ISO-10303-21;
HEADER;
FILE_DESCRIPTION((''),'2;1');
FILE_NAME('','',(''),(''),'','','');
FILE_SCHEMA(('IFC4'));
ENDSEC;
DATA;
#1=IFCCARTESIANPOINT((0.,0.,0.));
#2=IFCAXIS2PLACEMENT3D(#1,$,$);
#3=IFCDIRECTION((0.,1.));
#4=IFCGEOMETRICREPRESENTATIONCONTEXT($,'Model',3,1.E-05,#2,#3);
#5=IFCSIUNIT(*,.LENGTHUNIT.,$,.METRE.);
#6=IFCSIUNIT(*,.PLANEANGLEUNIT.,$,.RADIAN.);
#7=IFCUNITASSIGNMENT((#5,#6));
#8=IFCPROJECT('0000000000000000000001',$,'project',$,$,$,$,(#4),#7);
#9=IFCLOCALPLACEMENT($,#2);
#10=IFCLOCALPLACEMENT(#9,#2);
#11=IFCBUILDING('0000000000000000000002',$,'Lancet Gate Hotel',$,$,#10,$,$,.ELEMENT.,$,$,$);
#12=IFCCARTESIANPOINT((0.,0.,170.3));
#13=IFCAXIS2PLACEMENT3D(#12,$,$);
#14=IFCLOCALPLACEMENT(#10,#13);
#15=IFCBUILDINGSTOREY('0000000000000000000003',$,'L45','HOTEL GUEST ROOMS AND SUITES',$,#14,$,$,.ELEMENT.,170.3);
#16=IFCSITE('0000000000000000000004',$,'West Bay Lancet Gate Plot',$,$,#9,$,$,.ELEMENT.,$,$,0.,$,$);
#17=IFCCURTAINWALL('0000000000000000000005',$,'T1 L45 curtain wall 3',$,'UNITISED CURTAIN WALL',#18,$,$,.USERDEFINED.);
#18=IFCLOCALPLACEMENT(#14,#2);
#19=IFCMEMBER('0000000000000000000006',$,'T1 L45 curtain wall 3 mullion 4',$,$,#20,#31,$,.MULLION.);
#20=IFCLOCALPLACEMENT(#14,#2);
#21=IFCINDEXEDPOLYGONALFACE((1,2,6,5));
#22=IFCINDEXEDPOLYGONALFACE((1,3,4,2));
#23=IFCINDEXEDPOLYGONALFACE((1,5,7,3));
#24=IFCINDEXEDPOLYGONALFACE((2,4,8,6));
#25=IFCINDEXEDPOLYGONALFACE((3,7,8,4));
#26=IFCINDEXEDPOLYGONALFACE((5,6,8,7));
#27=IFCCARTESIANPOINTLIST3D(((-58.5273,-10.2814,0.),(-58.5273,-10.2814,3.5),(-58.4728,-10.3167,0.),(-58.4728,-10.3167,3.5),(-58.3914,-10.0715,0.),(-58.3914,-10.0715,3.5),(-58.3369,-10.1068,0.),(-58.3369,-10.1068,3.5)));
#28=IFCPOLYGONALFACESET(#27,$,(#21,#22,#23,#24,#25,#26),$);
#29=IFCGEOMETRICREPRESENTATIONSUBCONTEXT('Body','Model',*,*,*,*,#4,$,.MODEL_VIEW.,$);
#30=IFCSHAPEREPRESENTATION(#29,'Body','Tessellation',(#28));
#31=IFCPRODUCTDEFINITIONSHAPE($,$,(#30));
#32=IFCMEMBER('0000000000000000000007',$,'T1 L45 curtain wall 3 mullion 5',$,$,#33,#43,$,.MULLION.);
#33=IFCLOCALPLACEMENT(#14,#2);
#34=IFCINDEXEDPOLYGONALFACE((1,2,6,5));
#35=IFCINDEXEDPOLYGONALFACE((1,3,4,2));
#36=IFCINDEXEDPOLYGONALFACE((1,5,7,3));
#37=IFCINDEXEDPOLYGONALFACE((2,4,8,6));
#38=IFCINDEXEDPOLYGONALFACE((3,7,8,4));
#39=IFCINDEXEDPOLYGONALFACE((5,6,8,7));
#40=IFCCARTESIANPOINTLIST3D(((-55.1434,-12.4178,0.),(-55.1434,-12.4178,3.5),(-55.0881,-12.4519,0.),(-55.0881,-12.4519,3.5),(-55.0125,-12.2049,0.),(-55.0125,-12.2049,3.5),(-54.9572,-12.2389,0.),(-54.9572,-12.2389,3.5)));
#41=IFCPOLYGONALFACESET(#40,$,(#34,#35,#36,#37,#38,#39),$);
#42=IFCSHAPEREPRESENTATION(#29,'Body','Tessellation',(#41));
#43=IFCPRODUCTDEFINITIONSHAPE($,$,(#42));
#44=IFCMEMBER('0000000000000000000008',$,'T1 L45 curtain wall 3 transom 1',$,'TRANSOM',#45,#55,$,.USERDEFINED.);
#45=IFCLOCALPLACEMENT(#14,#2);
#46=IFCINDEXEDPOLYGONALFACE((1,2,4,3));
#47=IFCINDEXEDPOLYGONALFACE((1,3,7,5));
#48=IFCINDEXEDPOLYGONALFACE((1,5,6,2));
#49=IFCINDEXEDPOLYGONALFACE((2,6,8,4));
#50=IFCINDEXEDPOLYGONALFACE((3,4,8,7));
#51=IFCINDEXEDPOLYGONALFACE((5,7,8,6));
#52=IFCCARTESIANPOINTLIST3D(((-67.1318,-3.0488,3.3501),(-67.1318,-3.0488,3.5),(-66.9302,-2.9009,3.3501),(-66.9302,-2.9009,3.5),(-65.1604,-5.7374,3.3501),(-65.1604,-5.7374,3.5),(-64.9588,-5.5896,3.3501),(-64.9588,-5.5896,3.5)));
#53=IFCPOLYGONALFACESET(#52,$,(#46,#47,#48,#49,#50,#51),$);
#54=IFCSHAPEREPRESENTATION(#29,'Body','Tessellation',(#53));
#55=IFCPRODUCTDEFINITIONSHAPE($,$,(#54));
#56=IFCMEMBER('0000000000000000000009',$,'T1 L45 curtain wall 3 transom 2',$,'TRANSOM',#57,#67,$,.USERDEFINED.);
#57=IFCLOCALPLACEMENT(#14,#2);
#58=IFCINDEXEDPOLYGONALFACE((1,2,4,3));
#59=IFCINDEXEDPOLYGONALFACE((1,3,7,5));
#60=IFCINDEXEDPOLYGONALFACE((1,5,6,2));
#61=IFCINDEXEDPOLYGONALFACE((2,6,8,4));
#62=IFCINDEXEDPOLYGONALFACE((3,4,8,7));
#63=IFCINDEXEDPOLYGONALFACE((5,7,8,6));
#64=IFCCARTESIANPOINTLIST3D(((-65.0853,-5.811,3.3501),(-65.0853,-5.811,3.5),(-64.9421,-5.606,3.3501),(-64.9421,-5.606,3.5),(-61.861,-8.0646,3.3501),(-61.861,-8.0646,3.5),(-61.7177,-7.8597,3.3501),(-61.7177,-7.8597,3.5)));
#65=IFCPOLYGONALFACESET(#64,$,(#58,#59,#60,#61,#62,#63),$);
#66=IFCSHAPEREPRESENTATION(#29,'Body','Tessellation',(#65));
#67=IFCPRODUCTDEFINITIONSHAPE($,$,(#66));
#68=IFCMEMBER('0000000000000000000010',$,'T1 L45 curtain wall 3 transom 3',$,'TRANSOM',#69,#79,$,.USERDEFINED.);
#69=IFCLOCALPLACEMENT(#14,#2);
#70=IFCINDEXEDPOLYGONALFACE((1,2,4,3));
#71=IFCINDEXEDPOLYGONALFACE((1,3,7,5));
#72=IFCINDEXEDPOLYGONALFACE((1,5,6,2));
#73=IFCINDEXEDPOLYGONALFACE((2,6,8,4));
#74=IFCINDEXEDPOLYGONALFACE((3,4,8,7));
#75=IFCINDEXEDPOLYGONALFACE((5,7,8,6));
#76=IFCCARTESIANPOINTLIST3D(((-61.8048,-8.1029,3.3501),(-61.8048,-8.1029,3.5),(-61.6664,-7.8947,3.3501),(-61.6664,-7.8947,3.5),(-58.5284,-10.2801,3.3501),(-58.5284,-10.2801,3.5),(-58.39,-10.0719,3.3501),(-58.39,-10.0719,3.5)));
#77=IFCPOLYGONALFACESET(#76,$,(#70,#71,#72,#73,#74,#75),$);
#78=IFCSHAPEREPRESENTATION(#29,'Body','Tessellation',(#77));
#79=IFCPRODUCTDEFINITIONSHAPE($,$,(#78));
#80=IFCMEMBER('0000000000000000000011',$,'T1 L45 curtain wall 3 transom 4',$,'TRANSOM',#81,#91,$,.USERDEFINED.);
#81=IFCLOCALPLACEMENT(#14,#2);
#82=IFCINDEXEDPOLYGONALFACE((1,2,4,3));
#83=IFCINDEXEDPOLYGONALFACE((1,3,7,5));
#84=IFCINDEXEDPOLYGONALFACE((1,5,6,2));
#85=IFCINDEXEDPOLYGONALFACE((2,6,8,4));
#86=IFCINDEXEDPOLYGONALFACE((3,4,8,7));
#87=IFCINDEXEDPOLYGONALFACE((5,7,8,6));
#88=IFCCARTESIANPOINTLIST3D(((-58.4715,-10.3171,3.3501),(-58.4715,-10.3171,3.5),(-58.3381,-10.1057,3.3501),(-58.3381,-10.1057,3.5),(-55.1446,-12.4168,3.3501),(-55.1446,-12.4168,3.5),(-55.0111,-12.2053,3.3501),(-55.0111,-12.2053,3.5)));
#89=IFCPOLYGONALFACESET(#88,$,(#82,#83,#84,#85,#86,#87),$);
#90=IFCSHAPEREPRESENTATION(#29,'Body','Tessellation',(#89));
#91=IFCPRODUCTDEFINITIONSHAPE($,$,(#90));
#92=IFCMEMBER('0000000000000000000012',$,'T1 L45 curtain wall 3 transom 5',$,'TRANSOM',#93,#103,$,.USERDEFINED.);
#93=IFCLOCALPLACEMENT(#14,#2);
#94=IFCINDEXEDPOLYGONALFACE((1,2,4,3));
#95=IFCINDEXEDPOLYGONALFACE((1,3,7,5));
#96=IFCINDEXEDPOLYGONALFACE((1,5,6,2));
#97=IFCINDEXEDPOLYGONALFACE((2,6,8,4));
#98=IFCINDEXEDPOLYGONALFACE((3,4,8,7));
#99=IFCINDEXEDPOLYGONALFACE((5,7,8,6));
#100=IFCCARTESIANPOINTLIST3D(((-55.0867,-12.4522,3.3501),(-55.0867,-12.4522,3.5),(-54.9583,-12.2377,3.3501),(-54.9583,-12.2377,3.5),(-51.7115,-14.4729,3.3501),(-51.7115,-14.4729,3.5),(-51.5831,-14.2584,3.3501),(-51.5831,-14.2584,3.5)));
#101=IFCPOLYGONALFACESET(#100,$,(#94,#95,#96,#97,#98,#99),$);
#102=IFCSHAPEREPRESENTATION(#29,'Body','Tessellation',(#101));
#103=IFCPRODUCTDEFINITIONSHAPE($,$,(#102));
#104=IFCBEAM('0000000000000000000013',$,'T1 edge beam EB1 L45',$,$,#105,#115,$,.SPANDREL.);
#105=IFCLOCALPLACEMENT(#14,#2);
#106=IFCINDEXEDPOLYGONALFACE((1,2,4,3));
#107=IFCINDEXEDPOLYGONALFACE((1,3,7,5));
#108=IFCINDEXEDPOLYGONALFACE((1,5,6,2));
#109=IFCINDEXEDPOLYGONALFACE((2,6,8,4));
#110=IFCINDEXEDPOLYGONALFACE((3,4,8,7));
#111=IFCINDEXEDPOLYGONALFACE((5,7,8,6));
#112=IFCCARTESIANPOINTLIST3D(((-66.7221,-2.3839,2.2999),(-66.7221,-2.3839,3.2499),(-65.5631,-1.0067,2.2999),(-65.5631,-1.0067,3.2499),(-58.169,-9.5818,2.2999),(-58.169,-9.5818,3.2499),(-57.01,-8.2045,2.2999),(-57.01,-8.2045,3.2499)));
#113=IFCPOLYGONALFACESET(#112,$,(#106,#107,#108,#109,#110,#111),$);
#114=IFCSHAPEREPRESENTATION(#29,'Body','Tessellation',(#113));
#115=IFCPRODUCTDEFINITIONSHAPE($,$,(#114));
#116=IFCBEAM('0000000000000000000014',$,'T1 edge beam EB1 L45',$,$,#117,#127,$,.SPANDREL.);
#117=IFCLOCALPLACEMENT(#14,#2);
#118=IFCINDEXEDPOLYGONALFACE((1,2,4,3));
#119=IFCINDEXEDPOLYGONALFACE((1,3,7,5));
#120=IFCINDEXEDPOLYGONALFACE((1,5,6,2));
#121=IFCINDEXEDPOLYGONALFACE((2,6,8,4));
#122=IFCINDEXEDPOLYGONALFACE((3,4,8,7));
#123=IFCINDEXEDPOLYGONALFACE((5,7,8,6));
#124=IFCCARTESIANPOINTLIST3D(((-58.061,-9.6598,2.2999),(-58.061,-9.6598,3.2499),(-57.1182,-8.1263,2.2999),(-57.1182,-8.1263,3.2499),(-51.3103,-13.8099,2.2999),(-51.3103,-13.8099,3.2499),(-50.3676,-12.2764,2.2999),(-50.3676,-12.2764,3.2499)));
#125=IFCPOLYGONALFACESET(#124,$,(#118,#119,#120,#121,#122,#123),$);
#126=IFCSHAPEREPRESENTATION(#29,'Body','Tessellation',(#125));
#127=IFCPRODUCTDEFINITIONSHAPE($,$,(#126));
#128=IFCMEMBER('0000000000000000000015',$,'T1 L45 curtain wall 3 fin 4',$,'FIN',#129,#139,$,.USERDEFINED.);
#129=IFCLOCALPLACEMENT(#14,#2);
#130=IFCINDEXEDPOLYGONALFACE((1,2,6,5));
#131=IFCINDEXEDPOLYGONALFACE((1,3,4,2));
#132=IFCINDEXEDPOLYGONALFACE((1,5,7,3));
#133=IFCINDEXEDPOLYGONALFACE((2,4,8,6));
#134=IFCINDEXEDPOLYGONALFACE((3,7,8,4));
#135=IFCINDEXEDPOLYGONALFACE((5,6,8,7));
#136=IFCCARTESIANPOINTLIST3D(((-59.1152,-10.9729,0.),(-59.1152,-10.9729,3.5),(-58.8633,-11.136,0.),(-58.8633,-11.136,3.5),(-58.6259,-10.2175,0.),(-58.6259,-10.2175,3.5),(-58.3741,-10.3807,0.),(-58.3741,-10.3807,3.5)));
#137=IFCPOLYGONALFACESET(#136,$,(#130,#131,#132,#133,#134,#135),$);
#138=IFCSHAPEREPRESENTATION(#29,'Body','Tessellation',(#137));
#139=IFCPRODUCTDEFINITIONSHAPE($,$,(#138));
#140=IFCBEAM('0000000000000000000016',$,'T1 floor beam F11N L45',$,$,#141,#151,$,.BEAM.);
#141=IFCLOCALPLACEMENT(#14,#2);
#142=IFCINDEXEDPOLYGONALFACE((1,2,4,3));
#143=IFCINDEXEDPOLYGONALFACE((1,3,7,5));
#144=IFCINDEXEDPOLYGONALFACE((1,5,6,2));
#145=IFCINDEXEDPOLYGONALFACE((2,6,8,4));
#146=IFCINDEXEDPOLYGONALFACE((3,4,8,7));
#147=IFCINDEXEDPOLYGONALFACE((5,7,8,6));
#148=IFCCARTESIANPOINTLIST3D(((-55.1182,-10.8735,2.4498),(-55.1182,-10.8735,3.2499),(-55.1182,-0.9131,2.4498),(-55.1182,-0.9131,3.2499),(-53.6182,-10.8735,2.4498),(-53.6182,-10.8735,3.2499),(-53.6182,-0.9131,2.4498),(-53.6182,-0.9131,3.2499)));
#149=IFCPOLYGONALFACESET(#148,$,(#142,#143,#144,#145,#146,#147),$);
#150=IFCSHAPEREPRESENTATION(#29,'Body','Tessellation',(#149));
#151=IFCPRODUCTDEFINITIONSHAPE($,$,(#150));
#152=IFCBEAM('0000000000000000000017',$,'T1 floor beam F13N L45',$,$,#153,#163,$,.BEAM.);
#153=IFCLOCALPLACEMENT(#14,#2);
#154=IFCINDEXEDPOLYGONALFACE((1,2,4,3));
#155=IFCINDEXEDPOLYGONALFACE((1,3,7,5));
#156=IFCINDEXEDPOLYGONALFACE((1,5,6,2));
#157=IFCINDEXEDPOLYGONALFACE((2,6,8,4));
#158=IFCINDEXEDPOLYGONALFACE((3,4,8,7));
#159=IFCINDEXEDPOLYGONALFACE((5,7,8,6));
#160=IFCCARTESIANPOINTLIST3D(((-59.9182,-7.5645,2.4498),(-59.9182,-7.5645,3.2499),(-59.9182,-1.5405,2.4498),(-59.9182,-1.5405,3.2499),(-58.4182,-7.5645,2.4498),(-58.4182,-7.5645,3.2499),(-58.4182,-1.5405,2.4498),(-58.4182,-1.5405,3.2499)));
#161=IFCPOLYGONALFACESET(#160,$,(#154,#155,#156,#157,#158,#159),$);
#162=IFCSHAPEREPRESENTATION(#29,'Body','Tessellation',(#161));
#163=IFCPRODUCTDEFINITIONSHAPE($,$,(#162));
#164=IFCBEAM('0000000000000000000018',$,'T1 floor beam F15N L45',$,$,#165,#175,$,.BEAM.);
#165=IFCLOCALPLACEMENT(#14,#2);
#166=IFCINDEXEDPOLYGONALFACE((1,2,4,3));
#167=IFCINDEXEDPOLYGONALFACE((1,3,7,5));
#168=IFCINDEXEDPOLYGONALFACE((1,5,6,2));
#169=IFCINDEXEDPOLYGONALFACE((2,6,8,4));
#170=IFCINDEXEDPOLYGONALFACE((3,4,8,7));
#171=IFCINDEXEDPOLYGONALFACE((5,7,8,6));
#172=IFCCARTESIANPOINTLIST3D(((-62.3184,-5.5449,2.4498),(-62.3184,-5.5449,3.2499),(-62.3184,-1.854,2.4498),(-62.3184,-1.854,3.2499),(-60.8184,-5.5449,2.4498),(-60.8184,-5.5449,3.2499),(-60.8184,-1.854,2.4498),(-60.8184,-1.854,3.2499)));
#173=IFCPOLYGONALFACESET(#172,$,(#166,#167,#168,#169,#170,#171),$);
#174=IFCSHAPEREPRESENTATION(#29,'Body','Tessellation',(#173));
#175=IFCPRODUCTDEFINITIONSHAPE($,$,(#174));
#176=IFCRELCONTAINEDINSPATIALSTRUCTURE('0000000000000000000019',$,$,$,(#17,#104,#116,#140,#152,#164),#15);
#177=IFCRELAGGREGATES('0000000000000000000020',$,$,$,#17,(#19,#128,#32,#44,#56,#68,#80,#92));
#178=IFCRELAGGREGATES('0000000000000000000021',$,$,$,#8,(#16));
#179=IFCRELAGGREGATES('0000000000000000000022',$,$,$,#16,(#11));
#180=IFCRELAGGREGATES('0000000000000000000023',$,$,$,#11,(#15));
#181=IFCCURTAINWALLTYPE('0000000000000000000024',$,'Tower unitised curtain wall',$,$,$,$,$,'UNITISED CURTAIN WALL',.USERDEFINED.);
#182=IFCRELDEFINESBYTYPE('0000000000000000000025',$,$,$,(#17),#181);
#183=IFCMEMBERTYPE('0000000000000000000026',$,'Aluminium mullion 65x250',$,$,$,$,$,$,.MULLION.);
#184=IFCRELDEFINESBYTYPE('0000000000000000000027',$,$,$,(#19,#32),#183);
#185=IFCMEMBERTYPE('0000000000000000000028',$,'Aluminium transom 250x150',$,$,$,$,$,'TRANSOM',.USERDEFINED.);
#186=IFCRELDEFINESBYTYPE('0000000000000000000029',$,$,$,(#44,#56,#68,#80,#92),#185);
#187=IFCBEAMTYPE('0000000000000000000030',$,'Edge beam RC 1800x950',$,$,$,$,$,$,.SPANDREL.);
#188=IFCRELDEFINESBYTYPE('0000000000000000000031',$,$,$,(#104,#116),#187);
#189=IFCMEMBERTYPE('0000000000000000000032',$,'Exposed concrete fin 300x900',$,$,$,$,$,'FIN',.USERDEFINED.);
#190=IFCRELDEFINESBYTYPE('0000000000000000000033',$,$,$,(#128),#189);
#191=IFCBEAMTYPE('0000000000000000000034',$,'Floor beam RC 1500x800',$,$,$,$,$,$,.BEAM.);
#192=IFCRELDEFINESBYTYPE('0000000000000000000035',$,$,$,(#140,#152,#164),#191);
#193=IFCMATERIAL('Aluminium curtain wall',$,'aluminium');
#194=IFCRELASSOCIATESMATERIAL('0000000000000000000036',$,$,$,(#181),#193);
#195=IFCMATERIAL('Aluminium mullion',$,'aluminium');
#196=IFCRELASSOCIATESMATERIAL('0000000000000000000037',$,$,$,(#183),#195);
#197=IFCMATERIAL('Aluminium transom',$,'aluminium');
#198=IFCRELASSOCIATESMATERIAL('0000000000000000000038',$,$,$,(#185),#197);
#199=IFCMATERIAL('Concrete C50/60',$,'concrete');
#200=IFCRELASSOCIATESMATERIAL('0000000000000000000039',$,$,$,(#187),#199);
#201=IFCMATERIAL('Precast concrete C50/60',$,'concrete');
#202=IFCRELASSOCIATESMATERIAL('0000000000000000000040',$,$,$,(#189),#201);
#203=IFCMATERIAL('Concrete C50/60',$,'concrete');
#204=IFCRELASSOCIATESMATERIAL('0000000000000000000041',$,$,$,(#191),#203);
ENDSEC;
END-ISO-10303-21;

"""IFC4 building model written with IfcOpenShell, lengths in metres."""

from ifc_helpers import new_model, si_unit, direction, frame, origin, origin_2d, place, context, subcontext, project, spatial, rectangle, extrude, material, material_profile, profile_set, type_object, element, aggregate, save


model = new_model("IFC4")

# Units and contexts
model_context = context("Model", 3, precision=1e-05, world=origin(), true_north=direction((0.0, 1.0)))
body_context = subcontext(model_context, "Body", "Model", "MODEL_VIEW")
ifc_project = project(units=[si_unit("LENGTHUNIT", "METRE"), si_unit("PLANEANGLEUNIT", "RADIAN")], contexts=[model_context])

# Site, building, storey
site_placement = place(None, origin())
site = spatial("IfcSite", under=ifc_project, at=site_placement, Name="West Bay Lancet Gate Plot", CompositionType="ELEMENT", RefElevation=0.0)
building_placement = place(site_placement, origin())
building = spatial("IfcBuilding", under=site, at=building_placement, Name="Lancet Gate Hotel", CompositionType="ELEMENT")
storey_placement = place(building_placement, frame((0.0, 0.0, 170.3)))
storey = spatial("IfcBuildingStorey", under=building, at=storey_placement, Name="L45", Description="HOTEL GUEST ROOMS AND SUITES", CompositionType="ELEMENT", Elevation=170.3)

# Shared definitions
ifc_material_1 = material(Name="Aluminium curtain wall", Category="aluminium")
curtain_wall_type = type_object("IfcCurtainWallType", Name="Tower unitised curtain wall", ElementType="UNITISED CURTAIN WALL", PredefinedType="USERDEFINED", material=ifc_material_1)
ifc_material_2 = material(Name="Aluminium mullion", Category="aluminium")
ifc_material_profile_1 = material_profile(ifc_material_2, rectangle(XDim=0.0649, YDim=0.25, at=origin_2d()), Name="MULLION 65x250")
ifc_profile_set_1 = profile_set([ifc_material_profile_1], Name="Aluminium mullion")
member_type_1 = type_object("IfcMemberType", Name="Aluminium mullion 65x250", PredefinedType="MULLION", material=ifc_profile_set_1)

# Curtain wall, members
curtain_wall_1_placement = place(storey_placement, origin())
curtain_wall_1 = element("IfcCurtainWall", 1, at=curtain_wall_1_placement, inside=storey, type_object=curtain_wall_type, Name="T1 L45 curtain wall 3", ObjectType="UNITISED CURTAIN WALL", PredefinedType="USERDEFINED")
member_1_placement = place(storey_placement, frame((-58.4321, -10.1941, 0.0), z_axis=(0.0, 0.0, 1.0), x_axis=(0.839331, -0.543621, 0.0)))
member_1 = element("IfcMember", 2, at=member_1_placement, type_object=member_type_1, Name="T1 L45 curtain wall 3 mullion 4", PredefinedType="MULLION", context=body_context, shape_type="SweptSolid", body=[
    extrude(rectangle(XDim=0.0649, YDim=0.25, at=origin_2d()), origin(), (0.0, 0.0, 1.0), 3.5),
])
member_2_placement = place(storey_placement, frame((-55.0503, -12.3284, 0.0), z_axis=(0.0, 0.0, 1.0), x_axis=(0.851886, -0.523728, 0.0)))
member_2 = element("IfcMember", 3, at=member_2_placement, type_object=member_type_1, Name="T1 L45 curtain wall 3 mullion 5", PredefinedType="MULLION", context=body_context, shape_type="SweptSolid", body=[
    extrude(rectangle(XDim=0.0649, YDim=0.25, at=origin_2d()), origin(), (0.0, 0.0, 1.0), 3.5),
])
ifc_material_3 = material(Name="Aluminium transom", Category="aluminium")
ifc_material_profile_2 = material_profile(ifc_material_3, rectangle(XDim=0.25, YDim=0.1499, at=origin_2d()), Name="TRANSOM 250x150")
ifc_profile_set_2 = profile_set([ifc_material_profile_2], Name="Aluminium transom")
member_type_2 = type_object("IfcMemberType", Name="Aluminium transom 250x150", ElementType="TRANSOM", PredefinedType="USERDEFINED", material=ifc_profile_set_2)
member_3_placement = place(storey_placement, frame((-67.031, -2.9749, 3.425), z_axis=(0.591307, -0.806447, 0.0), x_axis=(0.806447, 0.591307, 0.0)))
member_3 = element("IfcMember", 4, at=member_3_placement, type_object=member_type_2, Name="T1 L45 curtain wall 3 transom 1", ObjectType="TRANSOM", PredefinedType="USERDEFINED", context=body_context, shape_type="SweptSolid", body=[
    extrude(rectangle(XDim=0.25, YDim=0.1499, at=origin_2d()), origin(), (0.0, 0.0, 1.0), 3.334),
])
member_4_placement = place(storey_placement, frame((-65.0137, -5.7085, 3.425), z_axis=(0.819637, -0.572883, 0.0), x_axis=(0.572883, 0.819637, 0.0)))
member_4 = element("IfcMember", 5, at=member_4_placement, type_object=member_type_2, Name="T1 L45 curtain wall 3 transom 2", ObjectType="TRANSOM", PredefinedType="USERDEFINED", context=body_context, shape_type="SweptSolid", body=[
    extrude(rectangle(XDim=0.25, YDim=0.1499, at=origin_2d()), origin(), (0.0, 0.0, 1.0), 3.9338),
])
member_5_placement = place(storey_placement, frame((-61.7356, -7.9988, 3.425), z_axis=(0.832871, -0.553468, 0.0), x_axis=(0.553468, 0.832871, 0.0)))
member_5 = element("IfcMember", 6, at=member_5_placement, type_object=member_type_2, Name="T1 L45 curtain wall 3 transom 3", ObjectType="TRANSOM", PredefinedType="USERDEFINED", context=body_context, shape_type="SweptSolid", body=[
    extrude(rectangle(XDim=0.25, YDim=0.1499, at=origin_2d()), origin(), (0.0, 0.0, 1.0), 3.9338),
])
member_6_placement = place(storey_placement, frame((-58.4048, -10.2114, 3.425), z_axis=(0.845672, -0.533703, 0.0), x_axis=(0.533703, 0.845672, 0.0)))
member_6 = element("IfcMember", 7, at=member_6_placement, type_object=member_type_2, Name="T1 L45 curtain wall 3 transom 4", ObjectType="TRANSOM", PredefinedType="USERDEFINED", context=body_context, shape_type="SweptSolid", body=[
    extrude(rectangle(XDim=0.25, YDim=0.1499, at=origin_2d()), origin(), (0.0, 0.0, 1.0), 3.9341),
])
member_7_placement = place(storey_placement, frame((-55.0225, -12.345, 3.425), z_axis=(0.857985, -0.513674, 0.0), x_axis=(0.513674, 0.857985, 0.0)))
member_7 = element("IfcMember", 8, at=member_7_placement, type_object=member_type_2, Name="T1 L45 curtain wall 3 transom 5", ObjectType="TRANSOM", PredefinedType="USERDEFINED", context=body_context, shape_type="SweptSolid", body=[
    extrude(rectangle(XDim=0.25, YDim=0.1499, at=origin_2d()), origin(), (0.0, 0.0, 1.0), 3.9338),
])

# Beams
ifc_material_4 = material(Name="Concrete C50/60", Category="concrete")
ifc_material_profile_3 = material_profile(ifc_material_4, rectangle(XDim=1.8, YDim=0.95, at=origin_2d()), Name="RC 1800x950")
ifc_profile_set_3 = profile_set([ifc_material_profile_3], Name="Concrete C50/60")
beam_type_1 = type_object("IfcBeamType", Name="Edge beam RC 1800x950", PredefinedType="SPANDREL", material=ifc_profile_set_3)
beam_1_placement = place(storey_placement, frame((-66.1426, -1.6953, 2.7749), z_axis=(0.765121, -0.643887, 0.0), x_axis=(0.643887, 0.765121, 0.0)))
element("IfcBeam", 9, at=beam_1_placement, inside=storey, type_object=beam_type_1, Name="T1 edge beam EB1 L45", PredefinedType="SPANDREL", context=body_context, shape_type="SweptSolid", body=[
    extrude(rectangle(XDim=1.8, YDim=0.95, at=origin_2d()), origin(), (0.0, 0.0, 1.0), 11.1787),
])
beam_2_placement = place(storey_placement, frame((-57.5896, -8.8931, 2.7749), z_axis=(0.851892, -0.523717, 0.0), x_axis=(0.523717, 0.851892, 0.0)))
element("IfcBeam", 10, at=beam_2_placement, inside=storey, type_object=beam_type_1, Name="T1 edge beam EB1 L45", PredefinedType="SPANDREL", context=body_context, shape_type="SweptSolid", body=[
    extrude(rectangle(XDim=1.8, YDim=0.95, at=origin_2d()), origin(), (0.0, 0.0, 1.0), 7.9243),
])

# Member
ifc_material_5 = material(Name="Precast concrete C50/60", Category="concrete")
ifc_material_profile_4 = material_profile(ifc_material_5, rectangle(XDim=0.3, YDim=0.8999, at=origin_2d()), Name="FIN 300x900")
ifc_profile_set_4 = profile_set([ifc_material_profile_4], Name="Precast concrete C50/60")
member_type_3 = type_object("IfcMemberType", Name="Exposed concrete fin 300x900", ElementType="FIN", PredefinedType="USERDEFINED", material=ifc_profile_set_4)
member_8_placement = place(storey_placement, frame((-58.7446, -10.6768, 0.0), z_axis=(0.0, 0.0, 1.0), x_axis=(0.839331, -0.543621, 0.0)))
member_8 = element("IfcMember", 11, at=member_8_placement, type_object=member_type_3, Name="T1 L45 curtain wall 3 fin 4", ObjectType="FIN", PredefinedType="USERDEFINED", context=body_context, shape_type="SweptSolid", body=[
    extrude(rectangle(XDim=0.3, YDim=0.8999, at=origin_2d()), origin(), (0.0, 0.0, 1.0), 3.5),
])

# Beams
ifc_material_6 = material(Name="Concrete C50/60", Category="concrete")
ifc_material_profile_5 = material_profile(ifc_material_6, rectangle(XDim=1.5, YDim=0.8, at=origin_2d()), Name="RC 1500x800")
ifc_profile_set_5 = profile_set([ifc_material_profile_5], Name="Concrete C50/60")
beam_type_2 = type_object("IfcBeamType", Name="Floor beam RC 1500x800", PredefinedType="BEAM", material=ifc_profile_set_5)
beam_3_placement = place(storey_placement, frame((-54.3682, -0.9131, 2.8499), z_axis=(0.0, -1.0, 0.0), x_axis=(1.0, 0.0, 0.0)))
element("IfcBeam", 12, at=beam_3_placement, inside=storey, type_object=beam_type_2, Name="T1 floor beam F11N L45", PredefinedType="BEAM", context=body_context, shape_type="SweptSolid", body=[
    extrude(rectangle(XDim=1.5, YDim=0.8, at=origin_2d()), origin(), (0.0, 0.0, 1.0), 9.9604),
])
beam_4_placement = place(storey_placement, frame((-59.1682, -1.5405, 2.8499), z_axis=(0.0, -1.0, 0.0), x_axis=(1.0, 0.0, 0.0)))
element("IfcBeam", 13, at=beam_4_placement, inside=storey, type_object=beam_type_2, Name="T1 floor beam F13N L45", PredefinedType="BEAM", context=body_context, shape_type="SweptSolid", body=[
    extrude(rectangle(XDim=1.5, YDim=0.8, at=origin_2d()), origin(), (0.0, 0.0, 1.0), 6.0239),
])
beam_5_placement = place(storey_placement, frame((-61.5684, -1.854, 2.8499), z_axis=(0.0, -1.0, 0.0), x_axis=(1.0, 0.0, 0.0)))
element("IfcBeam", 14, at=beam_5_placement, inside=storey, type_object=beam_type_2, Name="T1 floor beam F15N L45", PredefinedType="BEAM", context=body_context, shape_type="SweptSolid", body=[
    extrude(rectangle(XDim=1.5, YDim=0.8, at=origin_2d()), origin(), (0.0, 0.0, 1.0), 3.6909),
])

aggregate(curtain_wall_1, [member_1, member_8, member_2, member_3, member_4, member_5, member_6, member_7])

save(model, "model.ifc")
